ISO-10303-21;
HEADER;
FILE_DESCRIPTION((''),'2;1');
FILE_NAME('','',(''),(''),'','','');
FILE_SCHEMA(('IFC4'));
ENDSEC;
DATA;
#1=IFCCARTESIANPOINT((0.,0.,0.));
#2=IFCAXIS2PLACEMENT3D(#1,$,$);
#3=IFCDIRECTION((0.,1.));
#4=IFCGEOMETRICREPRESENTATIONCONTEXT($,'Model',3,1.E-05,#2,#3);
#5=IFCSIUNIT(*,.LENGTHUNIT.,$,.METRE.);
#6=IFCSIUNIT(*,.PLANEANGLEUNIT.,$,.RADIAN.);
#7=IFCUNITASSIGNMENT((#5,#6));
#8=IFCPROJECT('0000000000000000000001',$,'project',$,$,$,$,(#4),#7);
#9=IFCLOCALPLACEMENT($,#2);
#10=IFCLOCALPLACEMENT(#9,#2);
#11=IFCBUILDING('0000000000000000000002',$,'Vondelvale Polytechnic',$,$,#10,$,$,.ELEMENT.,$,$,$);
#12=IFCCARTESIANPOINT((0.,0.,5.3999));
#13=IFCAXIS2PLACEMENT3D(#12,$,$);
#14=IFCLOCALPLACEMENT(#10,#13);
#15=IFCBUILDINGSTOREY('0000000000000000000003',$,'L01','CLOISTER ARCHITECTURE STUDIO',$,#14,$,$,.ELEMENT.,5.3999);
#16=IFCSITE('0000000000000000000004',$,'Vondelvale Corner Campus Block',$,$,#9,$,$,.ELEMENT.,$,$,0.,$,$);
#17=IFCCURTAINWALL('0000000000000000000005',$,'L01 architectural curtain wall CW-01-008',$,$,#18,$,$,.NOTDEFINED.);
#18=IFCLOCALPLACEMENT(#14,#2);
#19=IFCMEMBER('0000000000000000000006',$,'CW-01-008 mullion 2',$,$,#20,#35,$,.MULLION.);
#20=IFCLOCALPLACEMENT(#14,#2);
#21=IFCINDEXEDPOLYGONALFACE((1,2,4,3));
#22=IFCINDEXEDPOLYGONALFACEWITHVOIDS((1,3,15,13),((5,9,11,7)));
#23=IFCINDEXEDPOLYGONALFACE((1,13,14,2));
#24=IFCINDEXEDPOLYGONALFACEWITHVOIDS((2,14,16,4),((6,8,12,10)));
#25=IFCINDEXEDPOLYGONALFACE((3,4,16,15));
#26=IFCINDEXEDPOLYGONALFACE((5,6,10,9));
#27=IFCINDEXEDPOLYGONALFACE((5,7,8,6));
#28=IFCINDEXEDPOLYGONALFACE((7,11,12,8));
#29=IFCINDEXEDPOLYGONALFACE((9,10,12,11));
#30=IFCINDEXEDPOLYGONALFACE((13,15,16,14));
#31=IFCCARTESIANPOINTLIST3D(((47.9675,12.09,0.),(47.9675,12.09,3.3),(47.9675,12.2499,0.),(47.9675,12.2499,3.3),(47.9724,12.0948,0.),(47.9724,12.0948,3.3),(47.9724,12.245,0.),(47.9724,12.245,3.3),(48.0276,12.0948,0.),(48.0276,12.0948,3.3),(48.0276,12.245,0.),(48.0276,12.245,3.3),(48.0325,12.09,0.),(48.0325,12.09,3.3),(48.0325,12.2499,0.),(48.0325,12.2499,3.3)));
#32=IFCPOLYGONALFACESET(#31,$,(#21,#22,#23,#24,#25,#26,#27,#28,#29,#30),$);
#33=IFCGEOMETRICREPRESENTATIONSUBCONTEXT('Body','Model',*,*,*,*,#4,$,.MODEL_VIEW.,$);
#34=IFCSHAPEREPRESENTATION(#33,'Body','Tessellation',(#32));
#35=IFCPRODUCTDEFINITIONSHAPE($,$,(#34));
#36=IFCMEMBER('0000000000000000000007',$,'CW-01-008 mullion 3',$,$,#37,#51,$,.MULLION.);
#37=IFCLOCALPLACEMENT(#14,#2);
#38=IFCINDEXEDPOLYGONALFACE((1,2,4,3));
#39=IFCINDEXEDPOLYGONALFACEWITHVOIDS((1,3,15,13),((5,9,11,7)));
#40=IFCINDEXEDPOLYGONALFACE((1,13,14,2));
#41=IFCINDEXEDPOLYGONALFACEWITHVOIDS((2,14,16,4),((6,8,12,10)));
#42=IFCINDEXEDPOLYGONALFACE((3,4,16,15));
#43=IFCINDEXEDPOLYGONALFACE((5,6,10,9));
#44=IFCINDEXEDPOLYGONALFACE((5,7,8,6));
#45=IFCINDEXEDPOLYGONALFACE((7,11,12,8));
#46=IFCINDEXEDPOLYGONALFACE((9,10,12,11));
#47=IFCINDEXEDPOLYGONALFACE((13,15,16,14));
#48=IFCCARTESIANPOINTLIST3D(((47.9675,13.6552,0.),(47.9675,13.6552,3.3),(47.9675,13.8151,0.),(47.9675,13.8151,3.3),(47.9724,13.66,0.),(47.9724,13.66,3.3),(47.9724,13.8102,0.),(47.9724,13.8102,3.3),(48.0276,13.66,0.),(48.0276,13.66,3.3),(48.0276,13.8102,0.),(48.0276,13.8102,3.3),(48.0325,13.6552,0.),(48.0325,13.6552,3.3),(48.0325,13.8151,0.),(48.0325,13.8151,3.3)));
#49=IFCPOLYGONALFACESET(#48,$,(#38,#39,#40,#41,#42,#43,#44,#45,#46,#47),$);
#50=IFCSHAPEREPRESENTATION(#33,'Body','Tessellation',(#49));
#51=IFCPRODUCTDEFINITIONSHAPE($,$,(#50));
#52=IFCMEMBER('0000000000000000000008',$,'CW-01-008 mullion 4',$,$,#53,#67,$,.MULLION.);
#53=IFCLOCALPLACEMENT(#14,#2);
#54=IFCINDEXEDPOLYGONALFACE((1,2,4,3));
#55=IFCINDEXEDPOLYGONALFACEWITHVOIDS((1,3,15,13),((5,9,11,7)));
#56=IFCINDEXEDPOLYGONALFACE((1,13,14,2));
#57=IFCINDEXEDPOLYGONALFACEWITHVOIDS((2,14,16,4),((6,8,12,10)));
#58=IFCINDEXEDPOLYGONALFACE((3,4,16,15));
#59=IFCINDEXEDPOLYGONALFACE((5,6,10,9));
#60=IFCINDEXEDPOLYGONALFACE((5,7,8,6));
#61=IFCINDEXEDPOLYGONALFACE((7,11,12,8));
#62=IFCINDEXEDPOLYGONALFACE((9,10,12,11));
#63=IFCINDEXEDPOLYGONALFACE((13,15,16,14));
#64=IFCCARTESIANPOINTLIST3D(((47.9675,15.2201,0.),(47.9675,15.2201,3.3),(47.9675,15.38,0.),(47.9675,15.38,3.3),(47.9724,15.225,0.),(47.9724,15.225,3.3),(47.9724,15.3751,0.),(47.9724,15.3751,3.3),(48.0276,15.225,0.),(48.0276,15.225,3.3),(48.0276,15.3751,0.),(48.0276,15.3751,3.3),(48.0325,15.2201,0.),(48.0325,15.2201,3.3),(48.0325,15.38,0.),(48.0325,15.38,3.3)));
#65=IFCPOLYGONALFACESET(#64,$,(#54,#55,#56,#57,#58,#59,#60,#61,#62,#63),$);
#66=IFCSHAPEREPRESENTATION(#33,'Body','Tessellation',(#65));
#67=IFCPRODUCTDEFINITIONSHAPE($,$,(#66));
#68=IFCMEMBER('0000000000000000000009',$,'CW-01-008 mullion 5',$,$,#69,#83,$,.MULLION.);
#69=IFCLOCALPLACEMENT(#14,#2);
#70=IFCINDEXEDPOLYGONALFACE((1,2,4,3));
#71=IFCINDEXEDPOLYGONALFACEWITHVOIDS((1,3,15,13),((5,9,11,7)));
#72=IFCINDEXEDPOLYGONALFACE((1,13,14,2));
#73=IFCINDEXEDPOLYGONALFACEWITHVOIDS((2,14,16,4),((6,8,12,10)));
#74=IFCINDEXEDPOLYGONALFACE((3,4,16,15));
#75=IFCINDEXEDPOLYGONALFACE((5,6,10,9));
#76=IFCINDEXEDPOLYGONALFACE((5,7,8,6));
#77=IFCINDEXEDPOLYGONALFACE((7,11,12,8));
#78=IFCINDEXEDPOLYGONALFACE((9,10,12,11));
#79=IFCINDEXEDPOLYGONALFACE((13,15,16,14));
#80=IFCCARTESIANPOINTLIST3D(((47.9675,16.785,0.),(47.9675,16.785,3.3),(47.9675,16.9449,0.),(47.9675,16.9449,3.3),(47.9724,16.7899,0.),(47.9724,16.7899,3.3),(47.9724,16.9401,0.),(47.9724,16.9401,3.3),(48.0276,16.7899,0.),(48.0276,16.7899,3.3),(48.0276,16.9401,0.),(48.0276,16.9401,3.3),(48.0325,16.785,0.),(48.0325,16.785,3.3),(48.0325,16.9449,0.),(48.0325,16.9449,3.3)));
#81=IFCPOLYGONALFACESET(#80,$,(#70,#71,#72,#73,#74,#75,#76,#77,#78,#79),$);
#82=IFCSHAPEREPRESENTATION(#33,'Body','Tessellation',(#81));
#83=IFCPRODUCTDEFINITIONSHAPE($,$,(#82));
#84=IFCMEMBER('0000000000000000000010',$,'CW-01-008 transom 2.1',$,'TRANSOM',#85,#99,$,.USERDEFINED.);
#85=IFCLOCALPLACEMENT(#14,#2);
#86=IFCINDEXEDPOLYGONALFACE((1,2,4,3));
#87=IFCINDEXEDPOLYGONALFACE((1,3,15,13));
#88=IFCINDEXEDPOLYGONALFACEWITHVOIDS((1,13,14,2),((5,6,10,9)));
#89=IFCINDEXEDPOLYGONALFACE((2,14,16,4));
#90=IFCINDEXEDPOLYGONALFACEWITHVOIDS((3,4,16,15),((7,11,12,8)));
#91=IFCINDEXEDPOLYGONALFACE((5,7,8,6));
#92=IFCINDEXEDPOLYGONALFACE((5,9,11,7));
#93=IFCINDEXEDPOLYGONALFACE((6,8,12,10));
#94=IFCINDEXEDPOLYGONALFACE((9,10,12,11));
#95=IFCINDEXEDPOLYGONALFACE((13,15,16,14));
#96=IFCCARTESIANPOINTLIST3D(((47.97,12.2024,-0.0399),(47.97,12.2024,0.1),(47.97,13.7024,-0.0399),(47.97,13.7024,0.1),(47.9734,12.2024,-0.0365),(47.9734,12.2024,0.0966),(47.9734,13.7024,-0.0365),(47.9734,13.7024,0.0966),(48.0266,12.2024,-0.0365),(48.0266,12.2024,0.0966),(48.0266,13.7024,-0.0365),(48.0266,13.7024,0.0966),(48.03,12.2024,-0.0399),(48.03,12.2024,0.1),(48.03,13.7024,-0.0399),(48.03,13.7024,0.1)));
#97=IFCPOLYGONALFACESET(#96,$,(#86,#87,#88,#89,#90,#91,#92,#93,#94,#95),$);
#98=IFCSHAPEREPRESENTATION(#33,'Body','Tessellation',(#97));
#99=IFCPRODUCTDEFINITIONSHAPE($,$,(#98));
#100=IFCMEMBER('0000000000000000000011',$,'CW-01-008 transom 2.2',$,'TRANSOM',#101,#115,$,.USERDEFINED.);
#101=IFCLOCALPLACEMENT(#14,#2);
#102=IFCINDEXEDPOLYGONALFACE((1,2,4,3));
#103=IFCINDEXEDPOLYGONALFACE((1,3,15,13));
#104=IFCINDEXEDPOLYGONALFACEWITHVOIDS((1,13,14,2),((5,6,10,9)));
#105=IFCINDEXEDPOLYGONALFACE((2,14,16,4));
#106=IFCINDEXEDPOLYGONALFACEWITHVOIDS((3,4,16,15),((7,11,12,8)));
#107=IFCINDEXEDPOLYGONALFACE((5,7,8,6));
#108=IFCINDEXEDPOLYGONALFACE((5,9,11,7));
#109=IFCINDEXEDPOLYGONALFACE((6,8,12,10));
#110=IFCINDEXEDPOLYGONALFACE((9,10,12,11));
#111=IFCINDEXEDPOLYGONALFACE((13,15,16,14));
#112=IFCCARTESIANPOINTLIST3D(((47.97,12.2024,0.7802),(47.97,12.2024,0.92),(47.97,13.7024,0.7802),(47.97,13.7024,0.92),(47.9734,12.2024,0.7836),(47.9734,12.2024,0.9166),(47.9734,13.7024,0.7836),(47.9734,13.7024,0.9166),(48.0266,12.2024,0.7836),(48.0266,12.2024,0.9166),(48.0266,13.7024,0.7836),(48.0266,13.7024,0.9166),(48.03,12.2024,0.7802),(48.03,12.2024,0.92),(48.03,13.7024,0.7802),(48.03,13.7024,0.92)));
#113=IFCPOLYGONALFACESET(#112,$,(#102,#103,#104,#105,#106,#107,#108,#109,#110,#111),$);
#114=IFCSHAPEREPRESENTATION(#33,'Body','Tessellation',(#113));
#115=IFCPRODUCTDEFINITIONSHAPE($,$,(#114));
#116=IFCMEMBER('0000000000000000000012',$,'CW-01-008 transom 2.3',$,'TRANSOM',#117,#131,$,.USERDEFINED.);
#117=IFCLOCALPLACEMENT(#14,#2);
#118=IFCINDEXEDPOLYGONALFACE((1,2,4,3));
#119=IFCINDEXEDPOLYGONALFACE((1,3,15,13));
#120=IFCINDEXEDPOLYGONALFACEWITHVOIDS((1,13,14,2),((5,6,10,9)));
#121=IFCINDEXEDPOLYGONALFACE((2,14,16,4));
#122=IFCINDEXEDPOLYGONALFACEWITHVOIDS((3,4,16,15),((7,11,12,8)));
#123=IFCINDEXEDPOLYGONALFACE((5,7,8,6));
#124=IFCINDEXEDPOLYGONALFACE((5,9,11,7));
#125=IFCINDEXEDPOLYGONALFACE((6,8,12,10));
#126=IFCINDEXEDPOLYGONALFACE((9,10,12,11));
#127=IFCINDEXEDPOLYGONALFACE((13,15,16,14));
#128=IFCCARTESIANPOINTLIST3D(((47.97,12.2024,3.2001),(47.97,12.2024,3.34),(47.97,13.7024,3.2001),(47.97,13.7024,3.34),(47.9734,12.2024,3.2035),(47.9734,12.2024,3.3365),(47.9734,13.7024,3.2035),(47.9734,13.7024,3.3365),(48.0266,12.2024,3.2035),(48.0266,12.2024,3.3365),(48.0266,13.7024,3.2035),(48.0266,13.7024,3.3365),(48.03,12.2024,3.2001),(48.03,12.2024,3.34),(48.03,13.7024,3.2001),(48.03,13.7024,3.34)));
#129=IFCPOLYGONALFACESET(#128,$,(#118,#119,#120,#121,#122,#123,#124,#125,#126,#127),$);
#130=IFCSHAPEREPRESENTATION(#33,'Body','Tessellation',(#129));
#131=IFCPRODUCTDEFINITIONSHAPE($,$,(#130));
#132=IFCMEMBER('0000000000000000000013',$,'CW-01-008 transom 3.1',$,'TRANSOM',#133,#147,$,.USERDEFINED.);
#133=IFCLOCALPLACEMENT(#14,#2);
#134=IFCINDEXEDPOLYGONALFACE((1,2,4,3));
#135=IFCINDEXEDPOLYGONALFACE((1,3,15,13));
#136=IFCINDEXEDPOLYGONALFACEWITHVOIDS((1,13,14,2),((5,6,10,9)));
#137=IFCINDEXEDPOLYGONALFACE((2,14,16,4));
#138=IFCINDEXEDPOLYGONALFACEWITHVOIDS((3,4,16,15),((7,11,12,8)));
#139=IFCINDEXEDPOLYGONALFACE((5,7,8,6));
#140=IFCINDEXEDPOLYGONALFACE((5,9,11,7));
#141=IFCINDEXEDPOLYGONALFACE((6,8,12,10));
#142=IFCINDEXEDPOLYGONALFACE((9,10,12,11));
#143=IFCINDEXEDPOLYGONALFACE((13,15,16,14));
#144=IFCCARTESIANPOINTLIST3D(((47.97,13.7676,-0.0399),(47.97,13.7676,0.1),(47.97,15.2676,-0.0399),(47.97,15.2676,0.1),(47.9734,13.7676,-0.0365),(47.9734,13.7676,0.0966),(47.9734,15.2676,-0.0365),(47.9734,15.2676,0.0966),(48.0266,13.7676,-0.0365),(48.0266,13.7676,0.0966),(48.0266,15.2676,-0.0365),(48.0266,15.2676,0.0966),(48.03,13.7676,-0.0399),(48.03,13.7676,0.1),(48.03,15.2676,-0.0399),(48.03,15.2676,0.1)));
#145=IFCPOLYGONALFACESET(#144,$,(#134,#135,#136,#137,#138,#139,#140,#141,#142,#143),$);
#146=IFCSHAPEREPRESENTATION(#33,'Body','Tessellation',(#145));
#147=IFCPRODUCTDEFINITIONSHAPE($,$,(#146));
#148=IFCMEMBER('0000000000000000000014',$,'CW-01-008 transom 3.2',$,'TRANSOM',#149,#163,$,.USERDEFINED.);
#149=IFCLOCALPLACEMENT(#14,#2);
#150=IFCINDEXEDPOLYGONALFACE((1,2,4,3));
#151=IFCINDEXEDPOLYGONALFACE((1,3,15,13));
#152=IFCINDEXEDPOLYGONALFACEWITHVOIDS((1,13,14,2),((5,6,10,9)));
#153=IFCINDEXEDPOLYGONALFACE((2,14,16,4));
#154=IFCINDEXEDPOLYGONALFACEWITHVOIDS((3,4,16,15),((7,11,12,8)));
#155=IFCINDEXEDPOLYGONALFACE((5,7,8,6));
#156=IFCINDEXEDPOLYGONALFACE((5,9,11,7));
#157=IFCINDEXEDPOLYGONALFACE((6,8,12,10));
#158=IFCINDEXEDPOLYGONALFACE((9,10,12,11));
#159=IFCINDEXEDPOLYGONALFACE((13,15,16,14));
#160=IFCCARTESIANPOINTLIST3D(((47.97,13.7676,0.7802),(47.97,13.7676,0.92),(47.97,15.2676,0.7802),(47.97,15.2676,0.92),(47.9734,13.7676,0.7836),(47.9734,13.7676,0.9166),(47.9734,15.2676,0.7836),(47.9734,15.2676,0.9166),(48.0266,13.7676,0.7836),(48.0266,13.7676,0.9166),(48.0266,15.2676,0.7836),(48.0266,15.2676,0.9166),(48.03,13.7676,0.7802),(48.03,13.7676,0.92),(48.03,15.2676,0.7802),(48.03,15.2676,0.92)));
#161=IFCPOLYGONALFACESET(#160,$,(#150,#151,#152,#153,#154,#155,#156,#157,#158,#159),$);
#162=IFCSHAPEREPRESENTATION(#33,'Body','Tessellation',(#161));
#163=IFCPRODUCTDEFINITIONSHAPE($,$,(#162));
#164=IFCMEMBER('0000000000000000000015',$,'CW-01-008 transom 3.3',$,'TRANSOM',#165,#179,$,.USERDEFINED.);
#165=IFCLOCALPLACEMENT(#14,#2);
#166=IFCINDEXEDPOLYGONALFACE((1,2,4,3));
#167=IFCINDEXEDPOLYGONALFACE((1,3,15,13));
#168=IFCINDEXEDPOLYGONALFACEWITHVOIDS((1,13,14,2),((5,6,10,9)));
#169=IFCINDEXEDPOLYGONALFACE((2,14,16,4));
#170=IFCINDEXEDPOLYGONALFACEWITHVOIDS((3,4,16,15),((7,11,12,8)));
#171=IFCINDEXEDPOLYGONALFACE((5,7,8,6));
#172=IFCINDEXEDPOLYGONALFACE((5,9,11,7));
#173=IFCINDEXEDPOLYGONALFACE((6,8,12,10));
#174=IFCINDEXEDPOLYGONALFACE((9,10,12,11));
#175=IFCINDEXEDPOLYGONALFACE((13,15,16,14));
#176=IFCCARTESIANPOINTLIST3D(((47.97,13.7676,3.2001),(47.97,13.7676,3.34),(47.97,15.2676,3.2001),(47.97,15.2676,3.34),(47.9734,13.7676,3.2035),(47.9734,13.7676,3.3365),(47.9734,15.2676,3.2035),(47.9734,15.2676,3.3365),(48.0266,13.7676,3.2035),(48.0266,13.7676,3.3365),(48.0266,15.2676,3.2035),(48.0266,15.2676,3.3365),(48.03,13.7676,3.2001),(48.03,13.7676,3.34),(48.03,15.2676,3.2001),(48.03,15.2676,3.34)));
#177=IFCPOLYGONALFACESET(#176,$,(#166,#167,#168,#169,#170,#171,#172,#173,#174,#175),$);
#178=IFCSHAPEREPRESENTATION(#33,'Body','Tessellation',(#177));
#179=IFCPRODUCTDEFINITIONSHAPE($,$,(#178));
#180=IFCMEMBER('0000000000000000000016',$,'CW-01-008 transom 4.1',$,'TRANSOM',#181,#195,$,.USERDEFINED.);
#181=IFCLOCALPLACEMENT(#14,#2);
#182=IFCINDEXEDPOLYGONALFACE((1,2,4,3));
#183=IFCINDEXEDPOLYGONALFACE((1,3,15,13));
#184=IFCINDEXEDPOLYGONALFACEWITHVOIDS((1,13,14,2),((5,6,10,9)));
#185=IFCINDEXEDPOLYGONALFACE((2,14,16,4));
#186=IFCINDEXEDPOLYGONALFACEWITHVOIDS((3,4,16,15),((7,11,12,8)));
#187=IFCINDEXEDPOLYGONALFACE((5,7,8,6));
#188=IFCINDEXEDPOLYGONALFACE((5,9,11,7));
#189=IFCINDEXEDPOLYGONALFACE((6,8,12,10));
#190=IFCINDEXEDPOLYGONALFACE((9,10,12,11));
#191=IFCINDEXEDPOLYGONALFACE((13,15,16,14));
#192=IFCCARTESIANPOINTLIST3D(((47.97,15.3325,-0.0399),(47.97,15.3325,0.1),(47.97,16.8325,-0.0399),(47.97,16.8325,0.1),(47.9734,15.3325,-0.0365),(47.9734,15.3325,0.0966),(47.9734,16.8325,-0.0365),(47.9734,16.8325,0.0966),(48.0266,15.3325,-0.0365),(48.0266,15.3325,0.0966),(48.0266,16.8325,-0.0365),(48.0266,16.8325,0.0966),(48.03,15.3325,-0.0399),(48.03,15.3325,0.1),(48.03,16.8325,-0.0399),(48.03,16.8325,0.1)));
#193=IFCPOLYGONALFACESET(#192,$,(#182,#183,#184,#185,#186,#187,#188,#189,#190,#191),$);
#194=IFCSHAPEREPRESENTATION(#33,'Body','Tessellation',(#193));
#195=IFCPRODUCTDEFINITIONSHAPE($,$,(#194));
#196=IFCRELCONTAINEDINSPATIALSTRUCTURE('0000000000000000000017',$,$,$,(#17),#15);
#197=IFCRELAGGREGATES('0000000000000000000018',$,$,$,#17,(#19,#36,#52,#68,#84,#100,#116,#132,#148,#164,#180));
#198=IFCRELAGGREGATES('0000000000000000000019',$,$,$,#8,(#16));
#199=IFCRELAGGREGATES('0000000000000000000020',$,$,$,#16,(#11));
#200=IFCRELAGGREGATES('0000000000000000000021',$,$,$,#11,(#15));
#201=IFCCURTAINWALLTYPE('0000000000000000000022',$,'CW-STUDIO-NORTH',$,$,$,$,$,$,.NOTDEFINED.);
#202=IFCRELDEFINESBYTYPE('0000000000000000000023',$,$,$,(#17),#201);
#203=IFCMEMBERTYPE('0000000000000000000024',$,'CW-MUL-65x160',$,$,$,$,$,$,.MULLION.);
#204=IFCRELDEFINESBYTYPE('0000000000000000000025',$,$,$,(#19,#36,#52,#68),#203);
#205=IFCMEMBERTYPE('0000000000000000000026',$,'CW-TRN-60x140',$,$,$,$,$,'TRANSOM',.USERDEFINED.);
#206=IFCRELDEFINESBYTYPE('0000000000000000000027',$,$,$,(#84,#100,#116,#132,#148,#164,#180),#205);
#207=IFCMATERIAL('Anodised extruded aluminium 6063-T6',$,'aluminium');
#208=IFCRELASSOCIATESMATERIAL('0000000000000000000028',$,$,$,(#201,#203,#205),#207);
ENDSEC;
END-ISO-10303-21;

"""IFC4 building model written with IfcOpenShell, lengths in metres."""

from ifc_helpers import new_model, si_unit, direction, frame, origin, origin_2d, place, context, subcontext, project, spatial, hollow_rectangle, extrude, material, material_profile, profile_set, type_object, element, aggregate, save


model = new_model("IFC4")

# Units and contexts
model_context = context("Model", 3, precision=1e-05, world=origin(), true_north=direction((0.0, 1.0)))
body_context = subcontext(model_context, "Body", "Model", "MODEL_VIEW")
ifc_project = project(units=[si_unit("LENGTHUNIT", "METRE"), si_unit("PLANEANGLEUNIT", "RADIAN")], contexts=[model_context])

# Site, building, storey
site_placement = place(None, origin())
site = spatial("IfcSite", under=ifc_project, at=site_placement, Name="Vondelvale Corner Campus Block", CompositionType="ELEMENT", RefElevation=0.0)
building_placement = place(site_placement, origin())
building = spatial("IfcBuilding", under=site, at=building_placement, Name="Vondelvale Polytechnic", CompositionType="ELEMENT")
storey_placement = place(building_placement, frame((0.0, 0.0, 5.3999)))
storey = spatial("IfcBuildingStorey", under=building, at=storey_placement, Name="L01", Description="CLOISTER ARCHITECTURE STUDIO", CompositionType="ELEMENT", Elevation=5.3999)

# Curtain wall, members
ifc_material_1 = material(Name="Anodised extruded aluminium 6063-T6", Category="aluminium")
curtain_wall_type = type_object("IfcCurtainWallType", Name="CW-STUDIO-NORTH", PredefinedType="NOTDEFINED", material=ifc_material_1)
curtain_wall_placement = place(storey_placement, origin())
curtain_wall = element("IfcCurtainWall", 1, at=curtain_wall_placement, inside=storey, type_object=curtain_wall_type, Name="L01 architectural curtain wall CW-01-008", PredefinedType="NOTDEFINED")
ifc_material_profile_1 = material_profile(ifc_material_1, hollow_rectangle(XDim=0.0649, YDim=0.1599, WallThickness=0.0049, at=origin_2d()), Name="CW-MUL-160x65")
ifc_profile_set_1 = profile_set([ifc_material_profile_1], Name="Anodised extruded aluminium 6063-T6")
member_type_1 = type_object("IfcMemberType", Name="CW-MUL-65x160", PredefinedType="MULLION", material=ifc_profile_set_1)
member_1_placement = place(storey_placement, frame((48.0, 12.1699, 0.0), z_axis=(0.0, 0.0, 1.0), x_axis=(-1.0, 0.0, 0.0)))
member_1 = element("IfcMember", 2, at=member_1_placement, type_object=member_type_1, Name="CW-01-008 mullion 2", PredefinedType="MULLION", context=body_context, shape_type="SweptSolid", body=[
    extrude(hollow_rectangle(XDim=0.0649, YDim=0.1599, WallThickness=0.0049, at=origin_2d()), origin(), (0.0, 0.0, 1.0), 3.3),
])
member_2_placement = place(storey_placement, frame((48.0, 13.7351, 0.0), z_axis=(0.0, 0.0, 1.0), x_axis=(-1.0, 0.0, 0.0)))
member_2 = element("IfcMember", 3, at=member_2_placement, type_object=member_type_1, Name="CW-01-008 mullion 3", PredefinedType="MULLION", context=body_context, shape_type="SweptSolid", body=[
    extrude(hollow_rectangle(XDim=0.0649, YDim=0.1599, WallThickness=0.0049, at=origin_2d()), origin(), (0.0, 0.0, 1.0), 3.3),
])
member_3_placement = place(storey_placement, frame((48.0, 15.3, 0.0), z_axis=(0.0, 0.0, 1.0), x_axis=(-1.0, 0.0, 0.0)))
member_3 = element("IfcMember", 4, at=member_3_placement, type_object=member_type_1, Name="CW-01-008 mullion 4", PredefinedType="MULLION", context=body_context, shape_type="SweptSolid", body=[
    extrude(hollow_rectangle(XDim=0.0649, YDim=0.1599, WallThickness=0.0049, at=origin_2d()), origin(), (0.0, 0.0, 1.0), 3.3),
])
member_4_placement = place(storey_placement, frame((48.0, 16.865, 0.0), z_axis=(0.0, 0.0, 1.0), x_axis=(-1.0, 0.0, 0.0)))
member_4 = element("IfcMember", 5, at=member_4_placement, type_object=member_type_1, Name="CW-01-008 mullion 5", PredefinedType="MULLION", context=body_context, shape_type="SweptSolid", body=[
    extrude(hollow_rectangle(XDim=0.0649, YDim=0.1599, WallThickness=0.0049, at=origin_2d()), origin(), (0.0, 0.0, 1.0), 3.3),
])
ifc_material_profile_2 = material_profile(ifc_material_1, hollow_rectangle(XDim=0.0601, YDim=0.1399, WallThickness=0.0034, at=origin_2d()), Name="CW-TRN-140x60")
ifc_profile_set_2 = profile_set([ifc_material_profile_2], Name="Anodised extruded aluminium 6063-T6")
member_type_2 = type_object("IfcMemberType", Name="CW-TRN-60x140", ElementType="TRANSOM", PredefinedType="USERDEFINED", material=ifc_profile_set_2)
member_5_placement = place(storey_placement, frame((48.0, 12.2024, 0.03), z_axis=(0.0, 1.0, 0.0), x_axis=(-1.0, 0.0, 0.0)))
member_5 = element("IfcMember", 6, at=member_5_placement, type_object=member_type_2, Name="CW-01-008 transom 2.1", ObjectType="TRANSOM", PredefinedType="USERDEFINED", context=body_context, shape_type="SweptSolid", body=[
    extrude(hollow_rectangle(XDim=0.0601, YDim=0.1399, WallThickness=0.0034, at=origin_2d()), origin(), (0.0, 0.0, 1.0), 1.5),
])
member_6_placement = place(storey_placement, frame((48.0, 12.2024, 0.8501), z_axis=(0.0, 1.0, 0.0), x_axis=(-1.0, 0.0, 0.0)))
member_6 = element("IfcMember", 7, at=member_6_placement, type_object=member_type_2, Name="CW-01-008 transom 2.2", ObjectType="TRANSOM", PredefinedType="USERDEFINED", context=body_context, shape_type="SweptSolid", body=[
    extrude(hollow_rectangle(XDim=0.0601, YDim=0.1399, WallThickness=0.0034, at=origin_2d()), origin(), (0.0, 0.0, 1.0), 1.5),
])
member_7_placement = place(storey_placement, frame((48.0, 12.2024, 3.27), z_axis=(0.0, 1.0, 0.0), x_axis=(-1.0, 0.0, 0.0)))
member_7 = element("IfcMember", 8, at=member_7_placement, type_object=member_type_2, Name="CW-01-008 transom 2.3", ObjectType="TRANSOM", PredefinedType="USERDEFINED", context=body_context, shape_type="SweptSolid", body=[
    extrude(hollow_rectangle(XDim=0.0601, YDim=0.1399, WallThickness=0.0034, at=origin_2d()), origin(), (0.0, 0.0, 1.0), 1.5),
])
member_8_placement = place(storey_placement, frame((48.0, 13.7676, 0.03), z_axis=(0.0, 1.0, 0.0), x_axis=(-1.0, 0.0, 0.0)))
member_8 = element("IfcMember", 9, at=member_8_placement, type_object=member_type_2, Name="CW-01-008 transom 3.1", ObjectType="TRANSOM", PredefinedType="USERDEFINED", context=body_context, shape_type="SweptSolid", body=[
    extrude(hollow_rectangle(XDim=0.0601, YDim=0.1399, WallThickness=0.0034, at=origin_2d()), origin(), (0.0, 0.0, 1.0), 1.5),
])
member_9_placement = place(storey_placement, frame((48.0, 13.7676, 0.8501), z_axis=(0.0, 1.0, 0.0), x_axis=(-1.0, 0.0, 0.0)))
member_9 = element("IfcMember", 10, at=member_9_placement, type_object=member_type_2, Name="CW-01-008 transom 3.2", ObjectType="TRANSOM", PredefinedType="USERDEFINED", context=body_context, shape_type="SweptSolid", body=[
    extrude(hollow_rectangle(XDim=0.0601, YDim=0.1399, WallThickness=0.0034, at=origin_2d()), origin(), (0.0, 0.0, 1.0), 1.5),
])
member_10_placement = place(storey_placement, frame((48.0, 13.7676, 3.27), z_axis=(0.0, 1.0, 0.0), x_axis=(-1.0, 0.0, 0.0)))
member_10 = element("IfcMember", 11, at=member_10_placement, type_object=member_type_2, Name="CW-01-008 transom 3.3", ObjectType="TRANSOM", PredefinedType="USERDEFINED", context=body_context, shape_type="SweptSolid", body=[
    extrude(hollow_rectangle(XDim=0.0601, YDim=0.1399, WallThickness=0.0034, at=origin_2d()), origin(), (0.0, 0.0, 1.0), 1.5),
])
member_11_placement = place(storey_placement, frame((48.0, 15.3325, 0.03), z_axis=(0.0, 1.0, 0.0), x_axis=(-1.0, 0.0, 0.0)))
member_11 = element("IfcMember", 12, at=member_11_placement, type_object=member_type_2, Name="CW-01-008 transom 4.1", ObjectType="TRANSOM", PredefinedType="USERDEFINED", context=body_context, shape_type="SweptSolid", body=[
    extrude(hollow_rectangle(XDim=0.0601, YDim=0.1399, WallThickness=0.0034, at=origin_2d()), origin(), (0.0, 0.0, 1.0), 1.5),
])
aggregate(curtain_wall, [member_1, member_2, member_3, member_4, member_5, member_6, member_7, member_8, member_9, member_10, member_11])

save(model, "model.ifc")
